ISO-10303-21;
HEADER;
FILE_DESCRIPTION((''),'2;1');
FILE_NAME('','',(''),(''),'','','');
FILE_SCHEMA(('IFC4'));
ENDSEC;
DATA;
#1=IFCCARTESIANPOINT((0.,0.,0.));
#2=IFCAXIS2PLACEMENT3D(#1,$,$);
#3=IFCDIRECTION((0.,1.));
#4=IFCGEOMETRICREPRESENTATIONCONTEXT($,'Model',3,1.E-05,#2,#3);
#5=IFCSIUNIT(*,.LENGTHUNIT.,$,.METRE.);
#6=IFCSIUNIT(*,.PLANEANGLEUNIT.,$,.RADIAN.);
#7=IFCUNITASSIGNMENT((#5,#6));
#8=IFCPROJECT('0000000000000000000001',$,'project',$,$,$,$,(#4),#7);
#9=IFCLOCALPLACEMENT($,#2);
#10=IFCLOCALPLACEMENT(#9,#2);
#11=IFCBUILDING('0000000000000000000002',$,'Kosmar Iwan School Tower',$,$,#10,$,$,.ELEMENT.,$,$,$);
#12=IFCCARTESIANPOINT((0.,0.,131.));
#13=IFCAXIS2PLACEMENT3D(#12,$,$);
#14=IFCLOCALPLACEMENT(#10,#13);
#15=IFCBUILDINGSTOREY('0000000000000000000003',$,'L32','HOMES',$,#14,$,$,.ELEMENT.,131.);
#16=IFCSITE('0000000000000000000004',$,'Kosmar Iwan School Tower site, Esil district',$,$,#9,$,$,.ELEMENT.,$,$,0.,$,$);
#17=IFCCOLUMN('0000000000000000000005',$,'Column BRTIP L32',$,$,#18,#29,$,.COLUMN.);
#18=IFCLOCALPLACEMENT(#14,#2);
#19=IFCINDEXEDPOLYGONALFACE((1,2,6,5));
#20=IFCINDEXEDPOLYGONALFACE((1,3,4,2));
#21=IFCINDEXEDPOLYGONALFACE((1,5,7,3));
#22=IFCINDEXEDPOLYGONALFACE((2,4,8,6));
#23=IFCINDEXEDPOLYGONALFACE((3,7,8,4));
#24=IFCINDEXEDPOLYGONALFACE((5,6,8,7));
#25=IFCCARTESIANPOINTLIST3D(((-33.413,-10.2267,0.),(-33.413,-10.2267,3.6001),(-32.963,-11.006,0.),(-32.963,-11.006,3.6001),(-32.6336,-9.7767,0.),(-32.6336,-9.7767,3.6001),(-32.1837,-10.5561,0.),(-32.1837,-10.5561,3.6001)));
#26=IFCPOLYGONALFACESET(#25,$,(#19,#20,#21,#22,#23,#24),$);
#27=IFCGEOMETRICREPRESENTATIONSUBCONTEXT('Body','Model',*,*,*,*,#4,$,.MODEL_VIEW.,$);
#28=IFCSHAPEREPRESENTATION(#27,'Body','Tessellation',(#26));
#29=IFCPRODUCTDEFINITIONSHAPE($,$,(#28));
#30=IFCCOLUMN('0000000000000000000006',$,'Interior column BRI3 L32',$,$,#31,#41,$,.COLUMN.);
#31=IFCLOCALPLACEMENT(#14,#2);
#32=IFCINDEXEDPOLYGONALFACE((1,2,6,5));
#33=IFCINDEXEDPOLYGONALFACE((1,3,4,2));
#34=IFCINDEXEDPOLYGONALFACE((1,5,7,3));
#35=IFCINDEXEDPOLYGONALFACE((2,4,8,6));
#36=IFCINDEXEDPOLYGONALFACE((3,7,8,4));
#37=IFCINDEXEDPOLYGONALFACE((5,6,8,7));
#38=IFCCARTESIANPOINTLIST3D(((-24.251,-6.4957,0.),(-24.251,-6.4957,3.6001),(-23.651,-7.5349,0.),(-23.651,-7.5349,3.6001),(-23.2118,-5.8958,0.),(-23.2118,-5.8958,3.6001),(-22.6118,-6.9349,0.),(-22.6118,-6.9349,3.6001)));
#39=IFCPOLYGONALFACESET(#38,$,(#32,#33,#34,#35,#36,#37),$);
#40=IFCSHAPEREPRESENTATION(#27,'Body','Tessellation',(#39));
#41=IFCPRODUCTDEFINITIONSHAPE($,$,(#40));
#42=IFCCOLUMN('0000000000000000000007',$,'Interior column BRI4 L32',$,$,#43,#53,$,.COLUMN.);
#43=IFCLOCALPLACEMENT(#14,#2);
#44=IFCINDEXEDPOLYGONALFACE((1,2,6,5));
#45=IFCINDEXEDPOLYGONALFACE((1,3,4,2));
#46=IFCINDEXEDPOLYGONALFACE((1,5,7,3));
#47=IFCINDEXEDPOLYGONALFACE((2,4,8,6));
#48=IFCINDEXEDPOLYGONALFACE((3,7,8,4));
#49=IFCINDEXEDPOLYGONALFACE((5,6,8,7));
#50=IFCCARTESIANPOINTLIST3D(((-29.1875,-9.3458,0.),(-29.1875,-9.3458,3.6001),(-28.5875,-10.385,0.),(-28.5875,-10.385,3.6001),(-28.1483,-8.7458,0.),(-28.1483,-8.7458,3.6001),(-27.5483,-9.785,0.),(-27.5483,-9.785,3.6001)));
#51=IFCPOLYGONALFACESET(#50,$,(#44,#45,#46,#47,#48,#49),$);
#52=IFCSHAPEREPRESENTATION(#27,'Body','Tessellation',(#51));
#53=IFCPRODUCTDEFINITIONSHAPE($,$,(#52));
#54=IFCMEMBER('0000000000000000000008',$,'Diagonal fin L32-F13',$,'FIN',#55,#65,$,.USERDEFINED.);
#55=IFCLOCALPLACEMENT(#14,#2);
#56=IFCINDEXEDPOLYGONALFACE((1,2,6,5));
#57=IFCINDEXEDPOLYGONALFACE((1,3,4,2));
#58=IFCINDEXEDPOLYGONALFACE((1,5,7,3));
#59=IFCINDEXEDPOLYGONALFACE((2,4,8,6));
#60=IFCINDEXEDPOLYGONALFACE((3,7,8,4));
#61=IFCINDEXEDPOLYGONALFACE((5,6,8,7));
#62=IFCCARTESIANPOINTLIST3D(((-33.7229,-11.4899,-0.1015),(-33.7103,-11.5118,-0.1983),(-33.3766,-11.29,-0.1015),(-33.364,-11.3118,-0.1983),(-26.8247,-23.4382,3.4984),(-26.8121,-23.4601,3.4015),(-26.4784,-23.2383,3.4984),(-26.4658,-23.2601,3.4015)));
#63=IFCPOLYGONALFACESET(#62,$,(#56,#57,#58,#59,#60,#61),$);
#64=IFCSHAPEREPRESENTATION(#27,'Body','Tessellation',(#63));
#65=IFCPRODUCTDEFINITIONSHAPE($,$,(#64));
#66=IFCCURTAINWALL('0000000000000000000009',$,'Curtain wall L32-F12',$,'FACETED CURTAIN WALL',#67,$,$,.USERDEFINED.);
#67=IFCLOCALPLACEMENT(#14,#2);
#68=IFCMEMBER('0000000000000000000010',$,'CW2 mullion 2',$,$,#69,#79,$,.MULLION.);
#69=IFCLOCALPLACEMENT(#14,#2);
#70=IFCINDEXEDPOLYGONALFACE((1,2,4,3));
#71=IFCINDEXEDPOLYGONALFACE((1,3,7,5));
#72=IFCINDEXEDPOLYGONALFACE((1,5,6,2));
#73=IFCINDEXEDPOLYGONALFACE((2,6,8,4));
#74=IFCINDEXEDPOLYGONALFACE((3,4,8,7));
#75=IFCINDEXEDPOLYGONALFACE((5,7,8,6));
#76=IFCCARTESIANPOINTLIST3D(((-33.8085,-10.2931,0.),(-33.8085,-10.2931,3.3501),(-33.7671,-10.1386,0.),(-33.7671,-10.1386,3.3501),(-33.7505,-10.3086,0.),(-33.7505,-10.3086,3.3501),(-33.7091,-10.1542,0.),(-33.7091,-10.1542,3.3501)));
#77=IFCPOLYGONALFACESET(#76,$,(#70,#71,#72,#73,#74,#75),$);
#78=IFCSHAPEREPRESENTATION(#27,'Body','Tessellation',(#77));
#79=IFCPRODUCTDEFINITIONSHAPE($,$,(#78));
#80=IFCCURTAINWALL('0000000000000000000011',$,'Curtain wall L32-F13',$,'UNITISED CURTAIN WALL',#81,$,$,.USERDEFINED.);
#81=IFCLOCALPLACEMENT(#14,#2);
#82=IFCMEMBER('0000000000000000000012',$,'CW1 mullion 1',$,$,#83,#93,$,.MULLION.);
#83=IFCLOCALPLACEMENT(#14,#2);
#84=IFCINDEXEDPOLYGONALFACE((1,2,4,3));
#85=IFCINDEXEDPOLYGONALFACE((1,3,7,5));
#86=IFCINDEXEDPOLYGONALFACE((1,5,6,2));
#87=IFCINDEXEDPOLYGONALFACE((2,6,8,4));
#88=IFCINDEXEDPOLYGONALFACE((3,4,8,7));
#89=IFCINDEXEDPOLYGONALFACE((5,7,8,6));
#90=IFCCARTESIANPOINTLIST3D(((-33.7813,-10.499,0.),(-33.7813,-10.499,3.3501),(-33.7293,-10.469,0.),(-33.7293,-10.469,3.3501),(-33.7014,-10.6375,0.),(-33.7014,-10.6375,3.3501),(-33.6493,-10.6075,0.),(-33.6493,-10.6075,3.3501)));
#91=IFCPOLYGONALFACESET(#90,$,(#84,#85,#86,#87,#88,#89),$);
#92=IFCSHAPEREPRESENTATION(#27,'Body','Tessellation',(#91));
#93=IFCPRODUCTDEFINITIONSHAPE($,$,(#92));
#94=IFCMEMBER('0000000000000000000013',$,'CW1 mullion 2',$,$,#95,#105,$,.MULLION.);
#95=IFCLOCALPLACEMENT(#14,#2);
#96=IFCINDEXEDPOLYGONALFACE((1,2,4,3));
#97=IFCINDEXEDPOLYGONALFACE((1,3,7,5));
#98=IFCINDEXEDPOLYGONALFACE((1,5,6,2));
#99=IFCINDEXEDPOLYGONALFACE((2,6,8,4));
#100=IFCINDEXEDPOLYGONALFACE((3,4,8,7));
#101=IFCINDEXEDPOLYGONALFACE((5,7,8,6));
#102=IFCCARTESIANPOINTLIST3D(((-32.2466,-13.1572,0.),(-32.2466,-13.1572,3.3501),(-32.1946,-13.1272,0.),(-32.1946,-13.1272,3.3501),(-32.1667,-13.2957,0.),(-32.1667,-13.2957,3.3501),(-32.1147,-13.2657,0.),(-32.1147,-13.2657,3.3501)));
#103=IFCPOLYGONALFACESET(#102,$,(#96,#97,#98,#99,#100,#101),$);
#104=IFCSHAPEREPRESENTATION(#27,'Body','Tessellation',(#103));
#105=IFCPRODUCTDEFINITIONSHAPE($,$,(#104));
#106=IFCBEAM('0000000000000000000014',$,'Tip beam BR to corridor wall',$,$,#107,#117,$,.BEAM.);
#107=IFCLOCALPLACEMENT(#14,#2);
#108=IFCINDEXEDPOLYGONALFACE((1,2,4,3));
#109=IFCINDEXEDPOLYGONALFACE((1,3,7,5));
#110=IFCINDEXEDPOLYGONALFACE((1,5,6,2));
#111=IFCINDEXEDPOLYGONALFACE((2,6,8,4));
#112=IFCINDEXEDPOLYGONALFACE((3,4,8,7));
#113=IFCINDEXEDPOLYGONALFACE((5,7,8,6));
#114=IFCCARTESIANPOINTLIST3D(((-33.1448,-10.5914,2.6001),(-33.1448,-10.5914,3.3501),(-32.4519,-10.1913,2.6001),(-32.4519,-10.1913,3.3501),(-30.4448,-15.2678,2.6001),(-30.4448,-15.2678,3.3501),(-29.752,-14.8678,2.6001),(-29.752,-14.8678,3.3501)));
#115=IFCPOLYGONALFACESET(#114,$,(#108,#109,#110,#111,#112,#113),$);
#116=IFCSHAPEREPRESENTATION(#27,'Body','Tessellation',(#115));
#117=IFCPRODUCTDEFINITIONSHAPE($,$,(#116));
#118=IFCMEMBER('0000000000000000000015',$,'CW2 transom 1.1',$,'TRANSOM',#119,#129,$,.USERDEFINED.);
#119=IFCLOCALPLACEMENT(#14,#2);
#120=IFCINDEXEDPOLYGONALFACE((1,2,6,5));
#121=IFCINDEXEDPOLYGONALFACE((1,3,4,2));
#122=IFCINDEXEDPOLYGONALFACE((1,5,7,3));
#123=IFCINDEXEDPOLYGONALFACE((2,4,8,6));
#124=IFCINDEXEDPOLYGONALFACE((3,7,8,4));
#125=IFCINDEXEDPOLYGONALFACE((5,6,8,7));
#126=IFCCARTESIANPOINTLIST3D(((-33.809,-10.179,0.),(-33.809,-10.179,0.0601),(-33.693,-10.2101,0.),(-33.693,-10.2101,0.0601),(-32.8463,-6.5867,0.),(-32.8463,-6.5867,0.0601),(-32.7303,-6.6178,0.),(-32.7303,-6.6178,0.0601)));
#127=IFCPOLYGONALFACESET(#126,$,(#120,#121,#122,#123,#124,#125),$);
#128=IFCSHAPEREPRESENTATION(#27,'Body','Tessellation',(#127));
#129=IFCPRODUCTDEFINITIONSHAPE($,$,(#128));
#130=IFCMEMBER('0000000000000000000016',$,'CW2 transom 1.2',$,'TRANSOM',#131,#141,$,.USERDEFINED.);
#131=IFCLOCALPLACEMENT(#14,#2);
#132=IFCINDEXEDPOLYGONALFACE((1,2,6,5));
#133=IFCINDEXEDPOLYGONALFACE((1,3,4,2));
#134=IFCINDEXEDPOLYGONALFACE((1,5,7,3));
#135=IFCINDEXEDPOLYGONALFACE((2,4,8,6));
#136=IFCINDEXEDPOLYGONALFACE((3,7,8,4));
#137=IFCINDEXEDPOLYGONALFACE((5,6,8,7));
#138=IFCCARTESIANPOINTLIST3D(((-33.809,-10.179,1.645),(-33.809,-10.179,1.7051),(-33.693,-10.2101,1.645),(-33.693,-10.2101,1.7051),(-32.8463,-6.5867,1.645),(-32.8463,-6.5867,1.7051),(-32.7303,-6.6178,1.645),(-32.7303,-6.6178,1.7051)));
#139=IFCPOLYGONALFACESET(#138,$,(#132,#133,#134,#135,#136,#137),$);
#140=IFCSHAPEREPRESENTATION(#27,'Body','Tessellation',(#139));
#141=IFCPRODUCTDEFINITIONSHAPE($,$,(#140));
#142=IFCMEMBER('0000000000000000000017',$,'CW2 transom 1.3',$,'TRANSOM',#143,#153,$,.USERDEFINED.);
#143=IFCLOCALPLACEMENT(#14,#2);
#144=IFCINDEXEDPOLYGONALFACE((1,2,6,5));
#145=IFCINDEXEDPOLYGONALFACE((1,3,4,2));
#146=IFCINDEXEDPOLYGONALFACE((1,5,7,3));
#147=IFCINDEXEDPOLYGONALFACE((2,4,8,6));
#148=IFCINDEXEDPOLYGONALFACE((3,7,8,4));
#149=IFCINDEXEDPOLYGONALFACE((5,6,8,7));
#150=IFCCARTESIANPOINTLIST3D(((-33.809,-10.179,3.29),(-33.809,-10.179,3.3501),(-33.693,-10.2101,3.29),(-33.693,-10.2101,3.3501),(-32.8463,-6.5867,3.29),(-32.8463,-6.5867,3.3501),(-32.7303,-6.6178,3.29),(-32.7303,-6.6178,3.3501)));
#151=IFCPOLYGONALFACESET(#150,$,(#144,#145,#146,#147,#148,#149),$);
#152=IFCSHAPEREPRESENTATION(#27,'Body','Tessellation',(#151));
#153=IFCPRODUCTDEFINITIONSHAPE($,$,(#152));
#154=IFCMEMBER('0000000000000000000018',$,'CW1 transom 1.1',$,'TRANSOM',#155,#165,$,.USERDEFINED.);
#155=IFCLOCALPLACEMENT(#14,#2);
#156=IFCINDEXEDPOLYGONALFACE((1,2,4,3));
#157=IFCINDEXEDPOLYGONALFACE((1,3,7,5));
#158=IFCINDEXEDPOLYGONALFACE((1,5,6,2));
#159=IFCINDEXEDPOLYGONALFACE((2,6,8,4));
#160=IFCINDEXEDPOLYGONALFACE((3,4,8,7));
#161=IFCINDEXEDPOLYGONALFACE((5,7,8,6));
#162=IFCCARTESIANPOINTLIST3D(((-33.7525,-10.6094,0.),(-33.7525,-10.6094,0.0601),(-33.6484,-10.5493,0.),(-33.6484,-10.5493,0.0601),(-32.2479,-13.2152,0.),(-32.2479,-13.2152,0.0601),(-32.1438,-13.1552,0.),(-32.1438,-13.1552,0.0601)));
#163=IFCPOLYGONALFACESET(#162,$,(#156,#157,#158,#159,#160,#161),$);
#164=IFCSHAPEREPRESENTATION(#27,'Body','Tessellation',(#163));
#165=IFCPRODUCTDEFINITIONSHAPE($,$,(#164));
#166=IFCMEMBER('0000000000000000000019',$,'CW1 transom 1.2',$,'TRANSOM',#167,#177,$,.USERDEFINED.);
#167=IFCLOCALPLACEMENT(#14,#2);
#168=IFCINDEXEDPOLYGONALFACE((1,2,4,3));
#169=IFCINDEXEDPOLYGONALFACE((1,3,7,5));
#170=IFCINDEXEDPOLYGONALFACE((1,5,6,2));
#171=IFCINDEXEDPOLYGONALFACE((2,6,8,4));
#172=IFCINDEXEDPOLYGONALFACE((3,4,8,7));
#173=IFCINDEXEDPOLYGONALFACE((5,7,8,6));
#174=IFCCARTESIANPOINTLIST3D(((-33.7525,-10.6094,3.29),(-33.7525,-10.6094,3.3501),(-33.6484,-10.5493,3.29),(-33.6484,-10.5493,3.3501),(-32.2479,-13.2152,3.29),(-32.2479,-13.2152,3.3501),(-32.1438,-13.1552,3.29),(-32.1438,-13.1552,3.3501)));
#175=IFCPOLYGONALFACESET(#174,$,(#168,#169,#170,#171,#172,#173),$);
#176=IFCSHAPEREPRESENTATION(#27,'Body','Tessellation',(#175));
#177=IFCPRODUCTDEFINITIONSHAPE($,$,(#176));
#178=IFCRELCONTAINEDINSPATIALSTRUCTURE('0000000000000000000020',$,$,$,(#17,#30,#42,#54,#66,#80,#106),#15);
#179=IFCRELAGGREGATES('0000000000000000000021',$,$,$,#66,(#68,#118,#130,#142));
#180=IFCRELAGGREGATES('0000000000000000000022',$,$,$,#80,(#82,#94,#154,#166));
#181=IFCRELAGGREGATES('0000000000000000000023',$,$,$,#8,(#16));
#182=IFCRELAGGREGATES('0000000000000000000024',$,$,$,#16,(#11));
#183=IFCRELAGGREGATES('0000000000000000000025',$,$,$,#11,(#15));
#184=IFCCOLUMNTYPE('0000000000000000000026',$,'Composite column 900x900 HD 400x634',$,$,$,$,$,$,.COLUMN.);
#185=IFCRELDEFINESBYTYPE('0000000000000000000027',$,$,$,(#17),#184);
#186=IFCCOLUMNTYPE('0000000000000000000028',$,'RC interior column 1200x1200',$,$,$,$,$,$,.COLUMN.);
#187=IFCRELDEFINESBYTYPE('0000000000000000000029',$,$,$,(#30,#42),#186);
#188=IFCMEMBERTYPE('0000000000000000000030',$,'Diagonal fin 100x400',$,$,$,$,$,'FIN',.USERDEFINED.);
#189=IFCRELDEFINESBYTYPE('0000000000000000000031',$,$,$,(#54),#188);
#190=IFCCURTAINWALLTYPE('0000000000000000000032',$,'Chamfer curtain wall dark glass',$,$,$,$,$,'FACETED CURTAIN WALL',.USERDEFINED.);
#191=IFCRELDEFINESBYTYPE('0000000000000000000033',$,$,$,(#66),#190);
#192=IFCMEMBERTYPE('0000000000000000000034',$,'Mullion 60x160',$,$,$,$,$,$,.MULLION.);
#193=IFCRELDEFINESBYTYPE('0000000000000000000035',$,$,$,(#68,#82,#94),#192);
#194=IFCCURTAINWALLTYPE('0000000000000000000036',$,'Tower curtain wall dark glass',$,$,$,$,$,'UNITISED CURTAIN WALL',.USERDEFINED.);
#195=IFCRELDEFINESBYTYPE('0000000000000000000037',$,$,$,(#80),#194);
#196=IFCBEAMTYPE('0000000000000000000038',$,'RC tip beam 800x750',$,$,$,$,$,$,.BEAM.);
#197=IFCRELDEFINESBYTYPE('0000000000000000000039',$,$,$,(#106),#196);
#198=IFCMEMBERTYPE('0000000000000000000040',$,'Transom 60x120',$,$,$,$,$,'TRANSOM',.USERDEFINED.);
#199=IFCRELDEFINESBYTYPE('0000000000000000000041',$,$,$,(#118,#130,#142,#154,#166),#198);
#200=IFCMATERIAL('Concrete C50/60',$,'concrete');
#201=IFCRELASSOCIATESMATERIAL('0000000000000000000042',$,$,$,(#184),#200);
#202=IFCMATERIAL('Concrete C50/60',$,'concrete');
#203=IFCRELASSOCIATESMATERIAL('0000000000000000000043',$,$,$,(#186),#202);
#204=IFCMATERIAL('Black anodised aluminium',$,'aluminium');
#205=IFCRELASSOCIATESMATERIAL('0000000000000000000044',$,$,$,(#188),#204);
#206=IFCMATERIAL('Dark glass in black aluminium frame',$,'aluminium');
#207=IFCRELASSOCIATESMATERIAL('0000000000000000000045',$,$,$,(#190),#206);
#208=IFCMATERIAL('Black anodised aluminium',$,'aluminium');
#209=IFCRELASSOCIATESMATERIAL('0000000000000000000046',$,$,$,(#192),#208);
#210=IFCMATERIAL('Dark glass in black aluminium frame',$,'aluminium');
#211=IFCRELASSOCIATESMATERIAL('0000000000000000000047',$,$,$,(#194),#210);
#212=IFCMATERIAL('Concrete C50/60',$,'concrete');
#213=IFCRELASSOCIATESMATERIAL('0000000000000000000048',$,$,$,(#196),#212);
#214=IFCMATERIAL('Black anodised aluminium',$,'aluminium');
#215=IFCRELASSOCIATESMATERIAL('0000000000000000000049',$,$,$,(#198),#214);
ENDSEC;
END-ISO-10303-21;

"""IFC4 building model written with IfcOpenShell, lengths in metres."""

from ifc_helpers import new_model, si_unit, direction, frame, origin, origin_2d, place, context, subcontext, project, spatial, rectangle, extrude, material, material_profile, profile_set, type_object, element, aggregate, save


model = new_model("IFC4")

# Units and contexts
model_context = context("Model", 3, precision=1e-05, world=origin(), true_north=direction((0.0, 1.0)))
body_context = subcontext(model_context, "Body", "Model", "MODEL_VIEW")
ifc_project = project(units=[si_unit("LENGTHUNIT", "METRE"), si_unit("PLANEANGLEUNIT", "RADIAN")], contexts=[model_context])

# Site, building, storey
site_placement = place(None, origin())
site = spatial("IfcSite", under=ifc_project, at=site_placement, Name="Kosmar Iwan School Tower site, Esil district", CompositionType="ELEMENT", RefElevation=0.0)
building_placement = place(site_placement, origin())
building = spatial("IfcBuilding", under=site, at=building_placement, Name="Kosmar Iwan School Tower", CompositionType="ELEMENT")
storey_placement = place(building_placement, frame((0.0, 0.0, 131.0)))
storey = spatial("IfcBuildingStorey", under=building, at=storey_placement, Name="L32", Description="HOMES", CompositionType="ELEMENT", Elevation=131.0)

# Columns
ifc_material_1 = material(Name="Concrete C50/60", Category="concrete")
ifc_material_profile_1 = material_profile(ifc_material_1, rectangle(XDim=0.8999, YDim=0.8999, at=origin_2d()), Name="RC 900x900 + HD 400x634")
ifc_profile_set_1 = profile_set([ifc_material_profile_1], Name="Concrete C50/60")
column_type_1 = type_object("IfcColumnType", Name="Composite column 900x900 HD 400x634", PredefinedType="COLUMN", material=ifc_profile_set_1)
column_placement = place(storey_placement, frame((-32.7983, -10.3914, 0.0), z_axis=(0.0, 0.0, 1.0), x_axis=(-0.866025, -0.5, 0.0)))
element("IfcColumn", 1, at=column_placement, inside=storey, type_object=column_type_1, Name="Column BRTIP L32", PredefinedType="COLUMN", context=body_context, shape_type="SweptSolid", body=[
    extrude(rectangle(XDim=0.8999, YDim=0.8999, at=origin_2d()), origin(), (0.0, 0.0, 1.0), 3.6001),
])
ifc_material_2 = material(Name="Concrete C50/60", Category="concrete")
ifc_material_profile_2 = material_profile(ifc_material_2, rectangle(XDim=1.2, YDim=1.2, at=origin_2d()), Name="RC 1200x1200")
ifc_profile_set_2 = profile_set([ifc_material_profile_2], Name="Concrete C50/60")
column_type_2 = type_object("IfcColumnType", Name="RC interior column 1200x1200", PredefinedType="COLUMN", material=ifc_profile_set_2)
for number, where, z_axis, x_axis, name in (
    (2, (-23.4314, -6.7153, 0.0), (0.0, 0.0, 1.0), (-0.866025, -0.5, 0.0), "Interior column BRI3 L32"),
    (3, (-28.3679, -9.5654, 0.0), (0.0, 0.0, 1.0), (-0.866025, -0.5, 0.0), "Interior column BRI4 L32"),
):
    element("IfcColumn", number, at=place(storey_placement, frame(where, z_axis=z_axis, x_axis=x_axis)), inside=storey, type_object=column_type_2, Name=name, PredefinedType="COLUMN", context=body_context, shape_type="SweptSolid", body=[
        extrude(rectangle(XDim=1.2, YDim=1.2, at=origin_2d()), origin(), (0.0, 0.0, 1.0), 3.6001),
    ])

# Member
ifc_material_3 = material(Name="Black anodised aluminium", Category="aluminium")
ifc_material_profile_3 = material_profile(ifc_material_3, rectangle(XDim=0.1001, YDim=0.3999, at=origin_2d()), Name="FIN 100x400")
ifc_profile_set_3 = profile_set([ifc_material_profile_3], Name="Black anodised aluminium")
member_type_1 = type_object("IfcMemberType", Name="Diagonal fin 100x400", ElementType="FIN", PredefinedType="USERDEFINED", material=ifc_profile_set_3)
member_1_placement = place(storey_placement, frame((-33.5435, -11.4009, -0.1499), z_axis=(0.483796, -0.837974, 0.252471), x_axis=(-0.126234, 0.218647, 0.967604)))
element("IfcMember", 4, at=member_1_placement, inside=storey, type_object=member_type_1, Name="Diagonal fin L32-F13", ObjectType="FIN", PredefinedType="USERDEFINED", context=body_context, shape_type="SweptSolid", body=[
    extrude(rectangle(XDim=0.1001, YDim=0.3999, at=origin_2d()), origin(), (0.0, 0.0, 1.0), 14.2585),
])

# Curtain wall, member
ifc_material_4 = material(Name="Dark glass in black aluminium frame", Category="aluminium")
curtain_wall_type_1 = type_object("IfcCurtainWallType", Name="Chamfer curtain wall dark glass", ElementType="FACETED CURTAIN WALL", PredefinedType="USERDEFINED", material=ifc_material_4)
curtain_wall_1_placement = place(storey_placement, origin())
curtain_wall_1 = element("IfcCurtainWall", 5, at=curtain_wall_1_placement, inside=storey, type_object=curtain_wall_type_1, Name="Curtain wall L32-F12", ObjectType="FACETED CURTAIN WALL", PredefinedType="USERDEFINED")
ifc_material_5 = material(Name="Black anodised aluminium", Category="aluminium")
ifc_material_profile_4 = material_profile(ifc_material_5, rectangle(XDim=0.0601, YDim=0.1599, at=origin_2d()), Name="MULLION 60x160")
ifc_profile_set_4 = profile_set([ifc_material_profile_4], Name="Black anodised aluminium")
member_type_2 = type_object("IfcMemberType", Name="Mullion 60x160", PredefinedType="MULLION", material=ifc_profile_set_4)
member_2_placement = place(storey_placement, frame((-33.7588, -10.2236, 0.0), z_axis=(0.0, 0.0, 1.0), x_axis=(0.965926, -0.258819, 0.0)))
member_2 = element("IfcMember", 6, at=member_2_placement, type_object=member_type_2, Name="CW2 mullion 2", PredefinedType="MULLION", context=body_context, shape_type="SweptSolid", body=[
    extrude(rectangle(XDim=0.0601, YDim=0.1599, at=origin_2d()), origin(), (0.0, 0.0, 1.0), 3.3501),
])

# Curtain wall, members
ifc_material_6 = material(Name="Dark glass in black aluminium frame", Category="aluminium")
curtain_wall_type_2 = type_object("IfcCurtainWallType", Name="Tower curtain wall dark glass", ElementType="UNITISED CURTAIN WALL", PredefinedType="USERDEFINED", material=ifc_material_6)
curtain_wall_2_placement = place(storey_placement, origin())
curtain_wall_2 = element("IfcCurtainWall", 7, at=curtain_wall_2_placement, inside=storey, type_object=curtain_wall_type_2, Name="Curtain wall L32-F13", ObjectType="UNITISED CURTAIN WALL", PredefinedType="USERDEFINED")
member_3_placement = place(storey_placement, frame((-33.7153, -10.5532, 0.0), z_axis=(0.0, 0.0, 1.0), x_axis=(0.866025, 0.5, 0.0)))
member_3 = element("IfcMember", 8, at=member_3_placement, type_object=member_type_2, Name="CW1 mullion 1", PredefinedType="MULLION", context=body_context, shape_type="SweptSolid", body=[
    extrude(rectangle(XDim=0.0601, YDim=0.1599, at=origin_2d()), origin(), (0.0, 0.0, 1.0), 3.3501),
])
member_4_placement = place(storey_placement, frame((-32.1807, -13.2114, 0.0), z_axis=(0.0, 0.0, 1.0), x_axis=(0.866025, 0.5, 0.0)))
member_4 = element("IfcMember", 9, at=member_4_placement, type_object=member_type_2, Name="CW1 mullion 2", PredefinedType="MULLION", context=body_context, shape_type="SweptSolid", body=[
    extrude(rectangle(XDim=0.0601, YDim=0.1599, at=origin_2d()), origin(), (0.0, 0.0, 1.0), 3.3501),
])

# Beam
ifc_material_7 = material(Name="Concrete C50/60", Category="concrete")
ifc_material_profile_5 = material_profile(ifc_material_7, rectangle(XDim=0.8, YDim=0.75, at=origin_2d()), Name="RC 800x750")
ifc_profile_set_5 = profile_set([ifc_material_profile_5], Name="Concrete C50/60")
beam_type = type_object("IfcBeamType", Name="RC tip beam 800x750", PredefinedType="BEAM", material=ifc_profile_set_5)
beam_placement = place(storey_placement, frame((-32.7983, -10.3914, 2.9751), z_axis=(0.499995, -0.866028, 0.0), x_axis=(0.866028, 0.499995, 0.0)))
element("IfcBeam", 10, at=beam_placement, inside=storey, type_object=beam_type, Name="Tip beam BR to corridor wall", PredefinedType="BEAM", context=body_context, shape_type="SweptSolid", body=[
    extrude(rectangle(XDim=0.8, YDim=0.75, at=origin_2d()), origin(), (0.0, 0.0, 1.0), 5.3999),
])

# Members
ifc_material_8 = material(Name="Black anodised aluminium", Category="aluminium")
ifc_material_profile_6 = material_profile(ifc_material_8, rectangle(XDim=0.1201, YDim=0.0601, at=origin_2d()), Name="TRANSOM 60x120")
ifc_profile_set_6 = profile_set([ifc_material_profile_6], Name="Black anodised aluminium")
member_type_3 = type_object("IfcMemberType", Name="Transom 60x120", ElementType="TRANSOM", PredefinedType="USERDEFINED", material=ifc_profile_set_6)
member_5_placement = place(storey_placement, frame((-32.7883, -6.6023, 0.03), z_axis=(-0.258843, -0.965919, 0.0), x_axis=(0.965919, -0.258843, 0.0)))
member_5 = element("IfcMember", 11, at=member_5_placement, type_object=member_type_3, Name="CW2 transom 1.1", ObjectType="TRANSOM", PredefinedType="USERDEFINED", context=body_context, shape_type="SweptSolid", body=[
    extrude(rectangle(XDim=0.1201, YDim=0.0601, at=origin_2d()), origin(), (0.0, 0.0, 1.0), 3.719),
])
member_6_placement = place(storey_placement, frame((-32.7883, -6.6023, 1.675), z_axis=(-0.258843, -0.965919, 0.0), x_axis=(0.965919, -0.258843, 0.0)))
member_6 = element("IfcMember", 12, at=member_6_placement, type_object=member_type_3, Name="CW2 transom 1.2", ObjectType="TRANSOM", PredefinedType="USERDEFINED", context=body_context, shape_type="SweptSolid", body=[
    extrude(rectangle(XDim=0.1201, YDim=0.0601, at=origin_2d()), origin(), (0.0, 0.0, 1.0), 3.719),
])
member_7_placement = place(storey_placement, frame((-32.7883, -6.6023, 3.3201), z_axis=(-0.258843, -0.965919, 0.0), x_axis=(0.965919, -0.258843, 0.0)))
member_7 = element("IfcMember", 13, at=member_7_placement, type_object=member_type_3, Name="CW2 transom 1.3", ObjectType="TRANSOM", PredefinedType="USERDEFINED", context=body_context, shape_type="SweptSolid", body=[
    extrude(rectangle(XDim=0.1201, YDim=0.0601, at=origin_2d()), origin(), (0.0, 0.0, 1.0), 3.719),
])
member_8_placement = place(storey_placement, frame((-33.7004, -10.5793, 0.03), z_axis=(0.500022, -0.866013, 0.0), x_axis=(0.866013, 0.500022, 0.0)))
member_8 = element("IfcMember", 14, at=member_8_placement, type_object=member_type_3, Name="CW1 transom 1.1", ObjectType="TRANSOM", PredefinedType="USERDEFINED", context=body_context, shape_type="SweptSolid", body=[
    extrude(rectangle(XDim=0.1201, YDim=0.0601, at=origin_2d()), origin(), (0.0, 0.0, 1.0), 3.009),
])
member_9_placement = place(storey_placement, frame((-33.7004, -10.5793, 3.3201), z_axis=(0.500022, -0.866013, 0.0), x_axis=(0.866013, 0.500022, 0.0)))
member_9 = element("IfcMember", 15, at=member_9_placement, type_object=member_type_3, Name="CW1 transom 1.2", ObjectType="TRANSOM", PredefinedType="USERDEFINED", context=body_context, shape_type="SweptSolid", body=[
    extrude(rectangle(XDim=0.1201, YDim=0.0601, at=origin_2d()), origin(), (0.0, 0.0, 1.0), 3.009),
])

aggregate(curtain_wall_1, [member_2, member_5, member_6, member_7])
aggregate(curtain_wall_2, [member_3, member_4, member_8, member_9])

save(model, "model.ifc")
